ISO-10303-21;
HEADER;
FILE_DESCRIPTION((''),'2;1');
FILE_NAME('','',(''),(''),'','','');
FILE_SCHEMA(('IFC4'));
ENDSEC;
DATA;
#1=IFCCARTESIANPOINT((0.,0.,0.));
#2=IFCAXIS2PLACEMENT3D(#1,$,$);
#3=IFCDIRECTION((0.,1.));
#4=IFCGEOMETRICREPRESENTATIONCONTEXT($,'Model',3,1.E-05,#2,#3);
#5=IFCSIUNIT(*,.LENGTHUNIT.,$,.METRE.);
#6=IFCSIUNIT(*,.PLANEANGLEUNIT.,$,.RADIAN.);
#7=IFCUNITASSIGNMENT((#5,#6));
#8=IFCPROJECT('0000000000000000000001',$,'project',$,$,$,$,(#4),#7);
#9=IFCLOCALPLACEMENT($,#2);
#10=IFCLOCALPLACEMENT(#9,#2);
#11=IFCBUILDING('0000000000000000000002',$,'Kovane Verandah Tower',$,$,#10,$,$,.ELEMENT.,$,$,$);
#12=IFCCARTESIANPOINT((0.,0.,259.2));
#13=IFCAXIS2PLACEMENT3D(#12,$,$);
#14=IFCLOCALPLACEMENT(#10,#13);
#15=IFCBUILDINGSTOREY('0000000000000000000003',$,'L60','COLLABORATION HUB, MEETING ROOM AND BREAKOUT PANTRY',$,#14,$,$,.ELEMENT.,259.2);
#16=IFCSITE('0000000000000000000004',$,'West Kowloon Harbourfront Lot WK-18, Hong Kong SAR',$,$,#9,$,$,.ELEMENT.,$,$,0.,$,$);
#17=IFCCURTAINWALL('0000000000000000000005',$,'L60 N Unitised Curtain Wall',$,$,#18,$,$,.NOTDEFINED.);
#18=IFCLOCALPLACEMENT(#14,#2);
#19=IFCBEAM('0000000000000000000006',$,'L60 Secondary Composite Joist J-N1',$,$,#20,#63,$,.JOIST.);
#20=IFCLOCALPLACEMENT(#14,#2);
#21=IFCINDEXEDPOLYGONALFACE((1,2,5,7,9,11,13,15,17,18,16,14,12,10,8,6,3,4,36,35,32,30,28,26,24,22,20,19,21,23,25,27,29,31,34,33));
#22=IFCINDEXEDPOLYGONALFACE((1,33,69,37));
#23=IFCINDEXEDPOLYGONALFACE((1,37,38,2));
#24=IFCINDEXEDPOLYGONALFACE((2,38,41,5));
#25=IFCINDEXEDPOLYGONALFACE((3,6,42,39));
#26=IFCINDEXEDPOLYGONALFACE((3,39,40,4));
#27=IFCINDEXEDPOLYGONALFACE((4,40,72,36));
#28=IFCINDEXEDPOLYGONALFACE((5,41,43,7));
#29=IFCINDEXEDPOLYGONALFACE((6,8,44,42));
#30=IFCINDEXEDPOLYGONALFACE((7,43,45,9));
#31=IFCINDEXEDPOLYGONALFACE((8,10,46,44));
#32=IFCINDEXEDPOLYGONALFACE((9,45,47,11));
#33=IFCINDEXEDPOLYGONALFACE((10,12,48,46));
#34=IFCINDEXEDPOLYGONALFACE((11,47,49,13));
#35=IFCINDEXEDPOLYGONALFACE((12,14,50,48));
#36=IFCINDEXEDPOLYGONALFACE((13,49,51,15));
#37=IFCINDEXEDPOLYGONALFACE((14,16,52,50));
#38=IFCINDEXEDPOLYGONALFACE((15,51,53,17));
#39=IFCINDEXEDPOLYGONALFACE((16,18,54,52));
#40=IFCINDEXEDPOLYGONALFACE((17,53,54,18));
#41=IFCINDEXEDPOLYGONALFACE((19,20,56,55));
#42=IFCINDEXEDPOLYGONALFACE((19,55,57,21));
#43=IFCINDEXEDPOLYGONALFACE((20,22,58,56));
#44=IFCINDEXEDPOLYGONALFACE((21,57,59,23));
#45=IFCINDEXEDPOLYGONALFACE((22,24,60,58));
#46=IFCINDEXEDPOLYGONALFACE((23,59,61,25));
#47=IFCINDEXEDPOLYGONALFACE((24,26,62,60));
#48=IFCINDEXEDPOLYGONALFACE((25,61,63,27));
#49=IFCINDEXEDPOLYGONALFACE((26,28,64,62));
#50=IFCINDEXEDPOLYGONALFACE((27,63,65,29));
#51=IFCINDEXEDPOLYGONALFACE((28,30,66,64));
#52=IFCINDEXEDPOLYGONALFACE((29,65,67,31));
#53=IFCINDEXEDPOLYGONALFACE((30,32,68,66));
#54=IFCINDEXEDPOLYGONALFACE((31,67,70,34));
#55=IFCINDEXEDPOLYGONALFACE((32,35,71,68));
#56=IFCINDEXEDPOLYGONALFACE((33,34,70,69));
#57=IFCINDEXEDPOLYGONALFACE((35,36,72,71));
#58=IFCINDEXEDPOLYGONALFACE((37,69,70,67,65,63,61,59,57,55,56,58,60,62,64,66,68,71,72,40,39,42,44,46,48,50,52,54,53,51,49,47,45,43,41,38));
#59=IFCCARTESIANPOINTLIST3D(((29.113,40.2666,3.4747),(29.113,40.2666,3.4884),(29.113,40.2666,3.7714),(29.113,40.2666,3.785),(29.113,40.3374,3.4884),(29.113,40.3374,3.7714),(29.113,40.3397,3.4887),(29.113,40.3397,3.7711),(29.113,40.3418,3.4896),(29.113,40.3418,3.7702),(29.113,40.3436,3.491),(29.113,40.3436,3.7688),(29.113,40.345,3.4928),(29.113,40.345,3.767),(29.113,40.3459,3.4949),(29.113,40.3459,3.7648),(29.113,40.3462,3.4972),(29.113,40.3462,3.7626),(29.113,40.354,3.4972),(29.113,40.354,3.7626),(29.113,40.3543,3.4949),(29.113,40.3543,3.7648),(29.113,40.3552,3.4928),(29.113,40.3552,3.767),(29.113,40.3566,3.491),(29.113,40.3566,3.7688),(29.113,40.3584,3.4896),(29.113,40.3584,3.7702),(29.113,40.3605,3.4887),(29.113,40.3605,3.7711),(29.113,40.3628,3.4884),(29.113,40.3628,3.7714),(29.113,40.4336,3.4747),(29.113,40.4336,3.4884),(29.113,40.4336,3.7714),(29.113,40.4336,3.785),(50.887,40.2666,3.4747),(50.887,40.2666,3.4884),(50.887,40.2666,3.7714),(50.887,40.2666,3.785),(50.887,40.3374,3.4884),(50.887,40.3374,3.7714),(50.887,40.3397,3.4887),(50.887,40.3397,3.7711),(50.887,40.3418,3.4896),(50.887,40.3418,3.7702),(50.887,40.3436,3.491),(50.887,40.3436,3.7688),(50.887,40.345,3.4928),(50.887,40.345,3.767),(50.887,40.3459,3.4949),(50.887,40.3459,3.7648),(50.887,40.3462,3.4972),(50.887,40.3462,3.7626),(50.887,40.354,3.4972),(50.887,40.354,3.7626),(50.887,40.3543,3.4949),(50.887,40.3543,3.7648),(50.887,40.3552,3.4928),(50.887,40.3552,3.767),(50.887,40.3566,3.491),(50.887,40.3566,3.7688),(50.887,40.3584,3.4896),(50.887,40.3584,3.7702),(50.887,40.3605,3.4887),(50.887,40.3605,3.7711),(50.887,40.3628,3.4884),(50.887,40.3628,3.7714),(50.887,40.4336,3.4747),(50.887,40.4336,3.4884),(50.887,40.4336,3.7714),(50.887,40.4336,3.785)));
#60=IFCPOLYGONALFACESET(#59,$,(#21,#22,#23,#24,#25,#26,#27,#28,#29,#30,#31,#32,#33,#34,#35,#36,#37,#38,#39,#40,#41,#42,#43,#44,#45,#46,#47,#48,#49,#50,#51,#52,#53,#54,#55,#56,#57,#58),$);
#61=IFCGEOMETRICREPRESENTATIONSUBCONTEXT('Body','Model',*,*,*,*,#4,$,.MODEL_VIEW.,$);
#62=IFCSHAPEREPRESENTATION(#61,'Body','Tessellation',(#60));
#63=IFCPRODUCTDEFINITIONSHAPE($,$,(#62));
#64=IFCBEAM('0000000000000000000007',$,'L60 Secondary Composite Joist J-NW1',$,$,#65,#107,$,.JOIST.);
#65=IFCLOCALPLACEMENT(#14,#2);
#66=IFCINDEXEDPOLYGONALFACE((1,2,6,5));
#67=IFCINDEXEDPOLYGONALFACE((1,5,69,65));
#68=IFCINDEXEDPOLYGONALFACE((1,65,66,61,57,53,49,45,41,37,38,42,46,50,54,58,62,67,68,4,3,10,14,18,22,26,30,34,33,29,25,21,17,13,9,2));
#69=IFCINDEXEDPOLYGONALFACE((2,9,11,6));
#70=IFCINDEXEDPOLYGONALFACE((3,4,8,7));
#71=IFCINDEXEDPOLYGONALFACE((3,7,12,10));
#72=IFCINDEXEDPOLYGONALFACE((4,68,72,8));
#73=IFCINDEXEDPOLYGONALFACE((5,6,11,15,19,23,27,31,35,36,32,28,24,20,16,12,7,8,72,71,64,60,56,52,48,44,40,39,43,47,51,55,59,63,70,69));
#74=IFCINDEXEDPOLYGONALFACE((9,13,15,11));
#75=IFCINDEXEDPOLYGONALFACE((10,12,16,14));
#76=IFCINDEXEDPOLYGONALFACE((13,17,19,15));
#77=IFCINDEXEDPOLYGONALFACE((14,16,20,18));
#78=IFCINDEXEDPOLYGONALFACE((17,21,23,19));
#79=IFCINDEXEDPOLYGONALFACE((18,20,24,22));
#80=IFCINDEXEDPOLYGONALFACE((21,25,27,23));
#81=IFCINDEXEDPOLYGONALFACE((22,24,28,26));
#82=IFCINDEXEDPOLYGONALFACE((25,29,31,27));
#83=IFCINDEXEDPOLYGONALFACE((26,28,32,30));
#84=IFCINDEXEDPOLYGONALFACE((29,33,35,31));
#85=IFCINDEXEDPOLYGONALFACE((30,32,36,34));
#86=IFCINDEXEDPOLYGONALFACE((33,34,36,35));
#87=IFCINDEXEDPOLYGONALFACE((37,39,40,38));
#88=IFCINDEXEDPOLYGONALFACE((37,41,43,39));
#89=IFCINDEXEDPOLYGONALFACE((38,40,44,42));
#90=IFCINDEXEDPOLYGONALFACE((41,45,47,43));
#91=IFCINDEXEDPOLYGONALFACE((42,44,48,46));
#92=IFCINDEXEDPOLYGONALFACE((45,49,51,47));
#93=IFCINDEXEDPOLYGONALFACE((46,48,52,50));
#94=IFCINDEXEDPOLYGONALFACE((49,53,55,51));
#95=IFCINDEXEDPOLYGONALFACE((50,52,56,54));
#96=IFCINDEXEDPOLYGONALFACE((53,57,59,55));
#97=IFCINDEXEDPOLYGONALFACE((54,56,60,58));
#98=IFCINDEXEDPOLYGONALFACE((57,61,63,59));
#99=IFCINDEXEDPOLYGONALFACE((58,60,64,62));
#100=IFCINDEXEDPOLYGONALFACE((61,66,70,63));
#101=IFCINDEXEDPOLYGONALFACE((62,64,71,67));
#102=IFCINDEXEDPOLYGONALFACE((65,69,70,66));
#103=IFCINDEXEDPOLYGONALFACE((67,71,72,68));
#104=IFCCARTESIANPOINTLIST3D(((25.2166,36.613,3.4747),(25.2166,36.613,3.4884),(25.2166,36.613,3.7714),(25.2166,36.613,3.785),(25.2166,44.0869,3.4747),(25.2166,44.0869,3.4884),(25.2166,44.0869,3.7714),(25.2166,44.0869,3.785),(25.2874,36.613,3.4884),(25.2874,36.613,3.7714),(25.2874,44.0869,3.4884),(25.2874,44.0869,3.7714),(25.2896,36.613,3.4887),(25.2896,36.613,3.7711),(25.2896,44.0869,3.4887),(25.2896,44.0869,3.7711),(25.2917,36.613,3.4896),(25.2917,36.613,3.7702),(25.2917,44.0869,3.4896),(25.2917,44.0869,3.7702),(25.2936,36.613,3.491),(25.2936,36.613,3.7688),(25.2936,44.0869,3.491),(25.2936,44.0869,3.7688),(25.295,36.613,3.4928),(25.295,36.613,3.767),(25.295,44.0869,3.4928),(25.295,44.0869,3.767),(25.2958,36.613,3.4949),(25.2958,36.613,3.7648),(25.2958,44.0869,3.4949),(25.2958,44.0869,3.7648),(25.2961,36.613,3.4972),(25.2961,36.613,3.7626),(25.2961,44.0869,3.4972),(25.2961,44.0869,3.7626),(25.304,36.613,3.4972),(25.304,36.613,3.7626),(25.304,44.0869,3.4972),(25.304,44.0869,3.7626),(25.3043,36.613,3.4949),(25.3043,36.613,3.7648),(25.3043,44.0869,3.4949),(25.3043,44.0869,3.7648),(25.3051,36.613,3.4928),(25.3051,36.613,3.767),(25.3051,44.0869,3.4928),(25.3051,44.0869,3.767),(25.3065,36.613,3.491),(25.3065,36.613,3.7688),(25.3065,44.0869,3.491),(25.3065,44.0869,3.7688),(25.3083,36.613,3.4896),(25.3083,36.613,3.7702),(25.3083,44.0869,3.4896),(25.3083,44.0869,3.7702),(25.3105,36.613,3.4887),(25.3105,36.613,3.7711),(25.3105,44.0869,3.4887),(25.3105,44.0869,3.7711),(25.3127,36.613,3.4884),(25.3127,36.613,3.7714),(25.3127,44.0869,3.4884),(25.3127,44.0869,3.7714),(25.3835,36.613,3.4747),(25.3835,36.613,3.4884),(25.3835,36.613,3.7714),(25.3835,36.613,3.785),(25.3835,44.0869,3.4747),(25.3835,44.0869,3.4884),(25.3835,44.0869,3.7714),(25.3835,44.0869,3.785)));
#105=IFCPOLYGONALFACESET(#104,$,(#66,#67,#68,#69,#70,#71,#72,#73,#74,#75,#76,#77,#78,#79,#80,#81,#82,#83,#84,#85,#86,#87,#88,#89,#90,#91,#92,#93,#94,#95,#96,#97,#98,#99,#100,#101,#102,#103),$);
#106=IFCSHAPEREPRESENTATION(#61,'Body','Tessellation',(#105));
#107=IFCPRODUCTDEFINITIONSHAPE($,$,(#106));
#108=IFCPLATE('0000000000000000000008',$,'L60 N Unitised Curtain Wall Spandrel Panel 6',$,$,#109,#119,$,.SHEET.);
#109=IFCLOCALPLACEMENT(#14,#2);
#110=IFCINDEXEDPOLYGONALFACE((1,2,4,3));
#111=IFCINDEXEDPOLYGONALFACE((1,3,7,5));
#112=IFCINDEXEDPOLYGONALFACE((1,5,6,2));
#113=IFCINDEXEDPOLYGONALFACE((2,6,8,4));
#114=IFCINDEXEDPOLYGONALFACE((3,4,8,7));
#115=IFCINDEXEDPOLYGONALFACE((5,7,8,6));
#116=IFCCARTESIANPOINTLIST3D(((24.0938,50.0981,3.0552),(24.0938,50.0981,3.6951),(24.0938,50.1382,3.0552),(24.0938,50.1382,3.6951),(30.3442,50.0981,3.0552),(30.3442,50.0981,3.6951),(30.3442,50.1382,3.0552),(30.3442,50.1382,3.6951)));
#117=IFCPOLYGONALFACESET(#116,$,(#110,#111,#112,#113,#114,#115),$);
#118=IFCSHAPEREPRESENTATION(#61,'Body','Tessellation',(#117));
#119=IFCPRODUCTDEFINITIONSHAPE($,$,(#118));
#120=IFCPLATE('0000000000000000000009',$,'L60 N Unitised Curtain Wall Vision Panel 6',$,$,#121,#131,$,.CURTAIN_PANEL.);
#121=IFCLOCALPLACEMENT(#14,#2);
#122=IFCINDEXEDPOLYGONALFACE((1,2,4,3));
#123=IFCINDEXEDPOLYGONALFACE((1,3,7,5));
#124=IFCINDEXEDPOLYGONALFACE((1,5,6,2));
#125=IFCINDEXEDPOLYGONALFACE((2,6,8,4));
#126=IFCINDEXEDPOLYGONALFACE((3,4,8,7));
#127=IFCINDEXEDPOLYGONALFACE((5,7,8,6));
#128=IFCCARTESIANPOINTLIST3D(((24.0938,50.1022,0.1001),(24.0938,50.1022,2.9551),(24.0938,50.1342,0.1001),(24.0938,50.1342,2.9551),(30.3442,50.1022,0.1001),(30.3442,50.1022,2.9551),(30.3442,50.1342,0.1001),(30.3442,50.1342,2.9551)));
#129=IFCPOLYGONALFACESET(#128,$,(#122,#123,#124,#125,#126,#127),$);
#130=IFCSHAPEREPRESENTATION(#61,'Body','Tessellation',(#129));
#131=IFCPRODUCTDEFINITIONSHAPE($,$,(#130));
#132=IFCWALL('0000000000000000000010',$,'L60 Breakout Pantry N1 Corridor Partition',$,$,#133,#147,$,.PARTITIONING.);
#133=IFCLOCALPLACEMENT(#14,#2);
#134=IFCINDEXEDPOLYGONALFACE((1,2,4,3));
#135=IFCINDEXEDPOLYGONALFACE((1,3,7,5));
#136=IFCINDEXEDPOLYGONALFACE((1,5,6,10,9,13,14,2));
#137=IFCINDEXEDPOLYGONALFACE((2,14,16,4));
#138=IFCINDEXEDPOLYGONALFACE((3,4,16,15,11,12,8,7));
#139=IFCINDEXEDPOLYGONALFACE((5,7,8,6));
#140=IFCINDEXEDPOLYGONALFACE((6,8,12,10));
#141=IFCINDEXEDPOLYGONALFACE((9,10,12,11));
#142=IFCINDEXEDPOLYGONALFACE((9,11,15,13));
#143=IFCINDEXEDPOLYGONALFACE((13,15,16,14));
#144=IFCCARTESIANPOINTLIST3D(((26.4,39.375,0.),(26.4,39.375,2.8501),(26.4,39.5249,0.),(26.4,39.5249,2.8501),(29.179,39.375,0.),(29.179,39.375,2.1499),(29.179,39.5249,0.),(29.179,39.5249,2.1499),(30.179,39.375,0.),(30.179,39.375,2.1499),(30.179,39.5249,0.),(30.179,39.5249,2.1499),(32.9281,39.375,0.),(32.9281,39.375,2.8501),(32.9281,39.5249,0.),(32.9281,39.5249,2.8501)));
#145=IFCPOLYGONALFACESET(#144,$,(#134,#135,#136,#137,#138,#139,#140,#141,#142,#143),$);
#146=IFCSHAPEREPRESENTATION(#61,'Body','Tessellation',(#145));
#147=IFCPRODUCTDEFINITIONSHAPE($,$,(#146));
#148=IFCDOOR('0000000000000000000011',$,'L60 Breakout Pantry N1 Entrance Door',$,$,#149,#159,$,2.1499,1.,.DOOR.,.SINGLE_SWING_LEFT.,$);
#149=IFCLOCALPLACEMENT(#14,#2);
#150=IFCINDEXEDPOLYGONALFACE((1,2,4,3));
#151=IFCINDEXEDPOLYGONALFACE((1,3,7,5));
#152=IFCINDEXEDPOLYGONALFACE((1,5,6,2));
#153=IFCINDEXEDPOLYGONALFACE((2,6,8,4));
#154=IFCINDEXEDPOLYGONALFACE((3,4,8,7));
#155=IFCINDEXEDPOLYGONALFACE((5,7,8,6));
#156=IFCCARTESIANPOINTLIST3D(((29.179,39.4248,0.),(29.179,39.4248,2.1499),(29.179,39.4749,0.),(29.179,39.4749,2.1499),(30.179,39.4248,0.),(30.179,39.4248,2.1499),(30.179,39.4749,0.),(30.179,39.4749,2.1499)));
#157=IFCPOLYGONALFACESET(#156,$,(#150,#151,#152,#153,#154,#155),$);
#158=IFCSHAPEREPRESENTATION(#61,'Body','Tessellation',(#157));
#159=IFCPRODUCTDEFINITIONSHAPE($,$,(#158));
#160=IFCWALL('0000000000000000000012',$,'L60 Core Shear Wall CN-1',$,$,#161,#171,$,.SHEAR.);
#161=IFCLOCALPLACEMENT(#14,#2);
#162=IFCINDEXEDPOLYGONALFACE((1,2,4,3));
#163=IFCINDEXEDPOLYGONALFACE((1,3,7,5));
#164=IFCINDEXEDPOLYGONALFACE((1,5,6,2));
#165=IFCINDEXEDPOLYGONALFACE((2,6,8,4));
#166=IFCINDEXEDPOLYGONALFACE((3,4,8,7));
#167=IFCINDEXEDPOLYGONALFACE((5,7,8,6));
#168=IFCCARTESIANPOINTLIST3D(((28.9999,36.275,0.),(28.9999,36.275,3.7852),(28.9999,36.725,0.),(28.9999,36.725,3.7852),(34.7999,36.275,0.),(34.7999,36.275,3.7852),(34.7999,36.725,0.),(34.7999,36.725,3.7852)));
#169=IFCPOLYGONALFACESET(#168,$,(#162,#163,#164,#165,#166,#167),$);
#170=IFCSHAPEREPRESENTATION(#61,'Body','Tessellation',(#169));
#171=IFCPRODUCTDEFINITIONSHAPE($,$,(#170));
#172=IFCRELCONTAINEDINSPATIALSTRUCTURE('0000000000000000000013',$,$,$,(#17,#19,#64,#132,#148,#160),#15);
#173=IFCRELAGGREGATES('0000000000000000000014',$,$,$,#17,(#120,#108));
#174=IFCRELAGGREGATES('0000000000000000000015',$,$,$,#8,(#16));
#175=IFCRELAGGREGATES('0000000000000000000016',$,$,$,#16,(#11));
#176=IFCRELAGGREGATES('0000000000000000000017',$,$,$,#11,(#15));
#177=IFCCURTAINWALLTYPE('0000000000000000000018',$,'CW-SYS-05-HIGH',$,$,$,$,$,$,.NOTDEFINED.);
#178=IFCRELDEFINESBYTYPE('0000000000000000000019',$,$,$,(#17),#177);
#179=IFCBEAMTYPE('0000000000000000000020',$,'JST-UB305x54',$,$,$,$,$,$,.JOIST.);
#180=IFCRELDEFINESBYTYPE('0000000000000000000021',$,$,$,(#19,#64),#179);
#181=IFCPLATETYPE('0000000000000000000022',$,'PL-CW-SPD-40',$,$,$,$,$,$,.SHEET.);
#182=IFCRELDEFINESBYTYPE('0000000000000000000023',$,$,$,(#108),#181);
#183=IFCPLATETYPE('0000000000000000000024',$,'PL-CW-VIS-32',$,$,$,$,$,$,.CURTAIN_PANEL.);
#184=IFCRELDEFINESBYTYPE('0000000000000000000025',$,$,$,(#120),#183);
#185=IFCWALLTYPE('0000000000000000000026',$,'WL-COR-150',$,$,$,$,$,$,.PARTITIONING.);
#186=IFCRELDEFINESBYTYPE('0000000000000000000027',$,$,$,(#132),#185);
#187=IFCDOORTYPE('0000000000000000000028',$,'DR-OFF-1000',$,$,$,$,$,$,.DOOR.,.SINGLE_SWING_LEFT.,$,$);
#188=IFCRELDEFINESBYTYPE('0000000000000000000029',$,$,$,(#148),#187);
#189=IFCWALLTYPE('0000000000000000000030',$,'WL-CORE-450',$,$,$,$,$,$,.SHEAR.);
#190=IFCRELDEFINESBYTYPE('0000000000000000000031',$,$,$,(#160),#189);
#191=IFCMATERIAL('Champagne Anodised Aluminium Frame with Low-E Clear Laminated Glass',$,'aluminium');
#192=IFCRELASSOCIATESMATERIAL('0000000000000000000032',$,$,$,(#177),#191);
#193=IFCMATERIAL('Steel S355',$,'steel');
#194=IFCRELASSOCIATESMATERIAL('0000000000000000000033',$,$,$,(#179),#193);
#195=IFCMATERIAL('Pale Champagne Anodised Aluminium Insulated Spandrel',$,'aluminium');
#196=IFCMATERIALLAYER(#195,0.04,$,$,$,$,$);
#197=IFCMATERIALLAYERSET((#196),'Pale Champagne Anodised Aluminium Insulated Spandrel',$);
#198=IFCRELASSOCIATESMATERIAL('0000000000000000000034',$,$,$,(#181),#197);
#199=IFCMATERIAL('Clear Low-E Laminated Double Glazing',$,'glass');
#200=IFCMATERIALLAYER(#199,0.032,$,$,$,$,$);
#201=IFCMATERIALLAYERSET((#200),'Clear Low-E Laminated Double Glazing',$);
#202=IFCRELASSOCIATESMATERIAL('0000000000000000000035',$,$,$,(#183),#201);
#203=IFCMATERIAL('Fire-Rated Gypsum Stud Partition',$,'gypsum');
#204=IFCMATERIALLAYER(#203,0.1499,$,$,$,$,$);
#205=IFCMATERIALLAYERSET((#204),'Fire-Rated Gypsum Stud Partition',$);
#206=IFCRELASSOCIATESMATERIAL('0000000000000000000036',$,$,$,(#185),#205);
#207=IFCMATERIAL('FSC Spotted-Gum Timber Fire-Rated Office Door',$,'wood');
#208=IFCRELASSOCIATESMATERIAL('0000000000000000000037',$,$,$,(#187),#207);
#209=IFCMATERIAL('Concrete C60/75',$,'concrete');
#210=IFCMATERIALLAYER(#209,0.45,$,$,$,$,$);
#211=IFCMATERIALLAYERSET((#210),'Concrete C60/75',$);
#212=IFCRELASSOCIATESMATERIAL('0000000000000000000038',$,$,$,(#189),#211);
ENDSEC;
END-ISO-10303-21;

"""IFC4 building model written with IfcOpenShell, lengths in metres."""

from ifc_helpers import new_model, si_unit, direction, frame, frame_2d, origin, origin_2d, place, context, subcontext, project, spatial, rectangle, i_section, extrude, material, layer, layer_set, material_profile, profile_set, type_object, element, fill, aggregate, save


model = new_model("IFC4")

# Units and contexts
model_context = context("Model", 3, precision=1e-05, world=origin(), true_north=direction((0.0, 1.0)))
body_context = subcontext(model_context, "Body", "Model", "MODEL_VIEW")
ifc_project = project(units=[si_unit("LENGTHUNIT", "METRE"), si_unit("PLANEANGLEUNIT", "RADIAN")], contexts=[model_context])

# Site, building, storey
site_placement = place(None, origin())
site = spatial("IfcSite", under=ifc_project, at=site_placement, Name="West Kowloon Harbourfront Lot WK-18, Hong Kong SAR", CompositionType="ELEMENT", RefElevation=0.0)
building_placement = place(site_placement, origin())
building = spatial("IfcBuilding", under=site, at=building_placement, Name="Kovane Verandah Tower", CompositionType="ELEMENT")
storey_placement = place(building_placement, frame((0.0, 0.0, 259.2)))
storey = spatial("IfcBuildingStorey", under=building, at=storey_placement, Name="L60", Description="COLLABORATION HUB, MEETING ROOM AND BREAKOUT PANTRY", CompositionType="ELEMENT", Elevation=259.2)

# Shared definitions
ifc_material_1 = material(Name="Concrete C60/75", Category="concrete")

# Shared definitions
ifc_material_2 = material(Name="Steel S355", Category="steel")

# Curtain wall
ifc_material_3 = material(Name="Champagne Anodised Aluminium Frame with Low-E Clear Laminated Glass", Category="aluminium")
curtain_wall_type = type_object("IfcCurtainWallType", Name="CW-SYS-05-HIGH", PredefinedType="NOTDEFINED", material=ifc_material_3)
curtain_wall_placement = place(storey_placement, origin())
curtain_wall = element("IfcCurtainWall", 1, at=curtain_wall_placement, inside=storey, type_object=curtain_wall_type, Name="L60 N Unitised Curtain Wall", PredefinedType="NOTDEFINED")

# Beams
ifc_material_profile_1 = material_profile(ifc_material_2, i_section(OverallWidth=0.167, OverallDepth=0.3103, WebThickness=0.0078, FlangeThickness=0.0137, FilletRadius=0.0088, at=origin_2d()), Name="UB305x165x54")
ifc_profile_set_1 = profile_set([ifc_material_profile_1], Name="Steel S355")
beam_type_1 = type_object("IfcBeamType", Name="JST-UB305x54", PredefinedType="JOIST", material=ifc_profile_set_1)
beam_1_placement = place(storey_placement, frame((29.113, 40.3501, 3.6299), z_axis=(1.0, 0.0, 0.0), x_axis=(0.0, 1.0, 0.0)))
element("IfcBeam", 2, at=beam_1_placement, inside=storey, type_object=beam_type_1, Name="L60 Secondary Composite Joist J-N1", PredefinedType="JOIST", context=body_context, shape_type="SweptSolid", body=[
    extrude(i_section(OverallWidth=0.167, OverallDepth=0.3103, WebThickness=0.0078, FlangeThickness=0.0137, FilletRadius=0.0088, at=origin_2d()), origin(), (0.0, 0.0, 1.0), 21.7739),
])
beam_2_placement = place(storey_placement, frame((25.3, 36.613, 3.6299), z_axis=(0.0, 1.0, 0.0), x_axis=(-1.0, 0.0, 0.0)))
element("IfcBeam", 3, at=beam_2_placement, inside=storey, type_object=beam_type_1, Name="L60 Secondary Composite Joist J-NW1", PredefinedType="JOIST", context=body_context, shape_type="SweptSolid", body=[
    extrude(i_section(OverallWidth=0.167, OverallDepth=0.3103, WebThickness=0.0078, FlangeThickness=0.0137, FilletRadius=0.0088, at=origin_2d()), origin(), (0.0, 0.0, 1.0), 7.4739),
])

# Plates
ifc_material_4 = material(Name="Pale Champagne Anodised Aluminium Insulated Spandrel", Category="aluminium")
ifc_layer_1 = layer(ifc_material_4, 0.04)
ifc_layer_set_1 = layer_set([ifc_layer_1], Name="Pale Champagne Anodised Aluminium Insulated Spandrel")
plate_type_1 = type_object("IfcPlateType", Name="PL-CW-SPD-40", PredefinedType="SHEET", material=ifc_layer_set_1)
plate_1_placement = place(storey_placement, frame((27.219, 50.1182, 3.0552), z_axis=(0.0, 0.0, 1.0), x_axis=(-1.0, 0.0, 0.0)))
plate_1 = element("IfcPlate", 4, at=plate_1_placement, type_object=plate_type_1, Name="L60 N Unitised Curtain Wall Spandrel Panel 6", PredefinedType="SHEET", context=body_context, shape_type="SweptSolid", body=[
    extrude(rectangle(XDim=6.2505, YDim=0.04, at=origin_2d()), origin(), (0.0, 0.0, 1.0), 0.6399),
])
ifc_material_5 = material(Name="Clear Low-E Laminated Double Glazing", Category="glass")
ifc_layer_2 = layer(ifc_material_5, 0.032)
ifc_layer_set_2 = layer_set([ifc_layer_2], Name="Clear Low-E Laminated Double Glazing")
plate_type_2 = type_object("IfcPlateType", Name="PL-CW-VIS-32", PredefinedType="CURTAIN_PANEL", material=ifc_layer_set_2)
plate_2_placement = place(storey_placement, frame((27.219, 50.1182, 0.1001), z_axis=(0.0, 0.0, 1.0), x_axis=(-1.0, 0.0, 0.0)))
plate_2 = element("IfcPlate", 5, at=plate_2_placement, type_object=plate_type_2, Name="L60 N Unitised Curtain Wall Vision Panel 6", PredefinedType="CURTAIN_PANEL", context=body_context, shape_type="SweptSolid", body=[
    extrude(rectangle(XDim=6.2505, YDim=0.032, at=origin_2d()), origin(), (0.0, 0.0, 1.0), 2.855),
])
aggregate(curtain_wall, [plate_2, plate_1])

# Wall, opening, door
ifc_material_6 = material(Name="Fire-Rated Gypsum Stud Partition", Category="gypsum")
ifc_layer_3 = layer(ifc_material_6, 0.1499)
ifc_layer_set_3 = layer_set([ifc_layer_3], Name="Fire-Rated Gypsum Stud Partition")
wall_type_1 = type_object("IfcWallType", Name="WL-COR-150", PredefinedType="PARTITIONING", material=ifc_layer_set_3)
wall_1_placement = place(storey_placement, frame((26.3999, 39.45, 0.0), z_axis=(0.0, 0.0, 1.0), x_axis=(1.0, 0.0, 0.0)))
wall_1 = element("IfcWall", 6, at=wall_1_placement, inside=storey, type_object=wall_type_1, Name="L60 Breakout Pantry N1 Corridor Partition", PredefinedType="PARTITIONING", context=body_context, shape_type="SweptSolid", body=[
    extrude(rectangle(XDim=6.5281, YDim=0.1499, at=frame_2d((3.2642, 0.0))), origin(), (0.0, 0.0, 1.0), 2.8501),
])
opening_placement = place(wall_1_placement, frame((2.7791, 0.0, 0.0)))
opening = element("IfcOpeningElement", 7, at=opening_placement, cuts=wall_1, PredefinedType="OPENING", context=body_context, shape_type="SweptSolid", body=[
    extrude(rectangle(XDim=1.0, YDim=2.1499, at=frame_2d((0.5, 1.075))), frame((0.0, 0.075, 0.0), z_axis=(0.0, -1.0, 0.0), x_axis=(1.0, 0.0, 0.0)), (0.0, 0.0, 1.0), 0.1499),
])
ifc_material_7 = material(Name="FSC Spotted-Gum Timber Fire-Rated Office Door", Category="wood")
door_type = type_object("IfcDoorType", Name="DR-OFF-1000", OperationType="SINGLE_SWING_LEFT", PredefinedType="DOOR", material=ifc_material_7)
door_placement = place(opening_placement, origin())
door = element("IfcDoor", 8, at=door_placement, inside=storey, type_object=door_type, Name="L60 Breakout Pantry N1 Entrance Door", OperationType="SINGLE_SWING_LEFT", OverallHeight=2.1499, OverallWidth=1.0, PredefinedType="DOOR", context=body_context, shape_type="SweptSolid", body=[
    extrude(rectangle(XDim=1.0, YDim=2.1499, at=frame_2d((0.5, 1.075))), frame((0.0, 0.0249, 0.0), z_axis=(0.0, -1.0, 0.0), x_axis=(1.0, 0.0, 0.0)), (0.0, 0.0, 1.0), 0.05),
])
fill(opening, door)

# Wall
ifc_layer_4 = layer(ifc_material_1, 0.45)
ifc_layer_set_4 = layer_set([ifc_layer_4], Name="Concrete C60/75")
wall_type_2 = type_object("IfcWallType", Name="WL-CORE-450", PredefinedType="SHEAR", material=ifc_layer_set_4)
wall_2_placement = place(storey_placement, frame((29.0, 36.5, 0.0), z_axis=(0.0, 0.0, 1.0), x_axis=(1.0, 0.0, 0.0)))
element("IfcWall", 9, at=wall_2_placement, inside=storey, type_object=wall_type_2, Name="L60 Core Shear Wall CN-1", PredefinedType="SHEAR", context=body_context, shape_type="SweptSolid", body=[
    extrude(rectangle(XDim=5.8, YDim=0.45, at=frame_2d((2.8999, 0.0))), origin(), (0.0, 0.0, 1.0), 3.7852),
])

save(model, "model.ifc")
